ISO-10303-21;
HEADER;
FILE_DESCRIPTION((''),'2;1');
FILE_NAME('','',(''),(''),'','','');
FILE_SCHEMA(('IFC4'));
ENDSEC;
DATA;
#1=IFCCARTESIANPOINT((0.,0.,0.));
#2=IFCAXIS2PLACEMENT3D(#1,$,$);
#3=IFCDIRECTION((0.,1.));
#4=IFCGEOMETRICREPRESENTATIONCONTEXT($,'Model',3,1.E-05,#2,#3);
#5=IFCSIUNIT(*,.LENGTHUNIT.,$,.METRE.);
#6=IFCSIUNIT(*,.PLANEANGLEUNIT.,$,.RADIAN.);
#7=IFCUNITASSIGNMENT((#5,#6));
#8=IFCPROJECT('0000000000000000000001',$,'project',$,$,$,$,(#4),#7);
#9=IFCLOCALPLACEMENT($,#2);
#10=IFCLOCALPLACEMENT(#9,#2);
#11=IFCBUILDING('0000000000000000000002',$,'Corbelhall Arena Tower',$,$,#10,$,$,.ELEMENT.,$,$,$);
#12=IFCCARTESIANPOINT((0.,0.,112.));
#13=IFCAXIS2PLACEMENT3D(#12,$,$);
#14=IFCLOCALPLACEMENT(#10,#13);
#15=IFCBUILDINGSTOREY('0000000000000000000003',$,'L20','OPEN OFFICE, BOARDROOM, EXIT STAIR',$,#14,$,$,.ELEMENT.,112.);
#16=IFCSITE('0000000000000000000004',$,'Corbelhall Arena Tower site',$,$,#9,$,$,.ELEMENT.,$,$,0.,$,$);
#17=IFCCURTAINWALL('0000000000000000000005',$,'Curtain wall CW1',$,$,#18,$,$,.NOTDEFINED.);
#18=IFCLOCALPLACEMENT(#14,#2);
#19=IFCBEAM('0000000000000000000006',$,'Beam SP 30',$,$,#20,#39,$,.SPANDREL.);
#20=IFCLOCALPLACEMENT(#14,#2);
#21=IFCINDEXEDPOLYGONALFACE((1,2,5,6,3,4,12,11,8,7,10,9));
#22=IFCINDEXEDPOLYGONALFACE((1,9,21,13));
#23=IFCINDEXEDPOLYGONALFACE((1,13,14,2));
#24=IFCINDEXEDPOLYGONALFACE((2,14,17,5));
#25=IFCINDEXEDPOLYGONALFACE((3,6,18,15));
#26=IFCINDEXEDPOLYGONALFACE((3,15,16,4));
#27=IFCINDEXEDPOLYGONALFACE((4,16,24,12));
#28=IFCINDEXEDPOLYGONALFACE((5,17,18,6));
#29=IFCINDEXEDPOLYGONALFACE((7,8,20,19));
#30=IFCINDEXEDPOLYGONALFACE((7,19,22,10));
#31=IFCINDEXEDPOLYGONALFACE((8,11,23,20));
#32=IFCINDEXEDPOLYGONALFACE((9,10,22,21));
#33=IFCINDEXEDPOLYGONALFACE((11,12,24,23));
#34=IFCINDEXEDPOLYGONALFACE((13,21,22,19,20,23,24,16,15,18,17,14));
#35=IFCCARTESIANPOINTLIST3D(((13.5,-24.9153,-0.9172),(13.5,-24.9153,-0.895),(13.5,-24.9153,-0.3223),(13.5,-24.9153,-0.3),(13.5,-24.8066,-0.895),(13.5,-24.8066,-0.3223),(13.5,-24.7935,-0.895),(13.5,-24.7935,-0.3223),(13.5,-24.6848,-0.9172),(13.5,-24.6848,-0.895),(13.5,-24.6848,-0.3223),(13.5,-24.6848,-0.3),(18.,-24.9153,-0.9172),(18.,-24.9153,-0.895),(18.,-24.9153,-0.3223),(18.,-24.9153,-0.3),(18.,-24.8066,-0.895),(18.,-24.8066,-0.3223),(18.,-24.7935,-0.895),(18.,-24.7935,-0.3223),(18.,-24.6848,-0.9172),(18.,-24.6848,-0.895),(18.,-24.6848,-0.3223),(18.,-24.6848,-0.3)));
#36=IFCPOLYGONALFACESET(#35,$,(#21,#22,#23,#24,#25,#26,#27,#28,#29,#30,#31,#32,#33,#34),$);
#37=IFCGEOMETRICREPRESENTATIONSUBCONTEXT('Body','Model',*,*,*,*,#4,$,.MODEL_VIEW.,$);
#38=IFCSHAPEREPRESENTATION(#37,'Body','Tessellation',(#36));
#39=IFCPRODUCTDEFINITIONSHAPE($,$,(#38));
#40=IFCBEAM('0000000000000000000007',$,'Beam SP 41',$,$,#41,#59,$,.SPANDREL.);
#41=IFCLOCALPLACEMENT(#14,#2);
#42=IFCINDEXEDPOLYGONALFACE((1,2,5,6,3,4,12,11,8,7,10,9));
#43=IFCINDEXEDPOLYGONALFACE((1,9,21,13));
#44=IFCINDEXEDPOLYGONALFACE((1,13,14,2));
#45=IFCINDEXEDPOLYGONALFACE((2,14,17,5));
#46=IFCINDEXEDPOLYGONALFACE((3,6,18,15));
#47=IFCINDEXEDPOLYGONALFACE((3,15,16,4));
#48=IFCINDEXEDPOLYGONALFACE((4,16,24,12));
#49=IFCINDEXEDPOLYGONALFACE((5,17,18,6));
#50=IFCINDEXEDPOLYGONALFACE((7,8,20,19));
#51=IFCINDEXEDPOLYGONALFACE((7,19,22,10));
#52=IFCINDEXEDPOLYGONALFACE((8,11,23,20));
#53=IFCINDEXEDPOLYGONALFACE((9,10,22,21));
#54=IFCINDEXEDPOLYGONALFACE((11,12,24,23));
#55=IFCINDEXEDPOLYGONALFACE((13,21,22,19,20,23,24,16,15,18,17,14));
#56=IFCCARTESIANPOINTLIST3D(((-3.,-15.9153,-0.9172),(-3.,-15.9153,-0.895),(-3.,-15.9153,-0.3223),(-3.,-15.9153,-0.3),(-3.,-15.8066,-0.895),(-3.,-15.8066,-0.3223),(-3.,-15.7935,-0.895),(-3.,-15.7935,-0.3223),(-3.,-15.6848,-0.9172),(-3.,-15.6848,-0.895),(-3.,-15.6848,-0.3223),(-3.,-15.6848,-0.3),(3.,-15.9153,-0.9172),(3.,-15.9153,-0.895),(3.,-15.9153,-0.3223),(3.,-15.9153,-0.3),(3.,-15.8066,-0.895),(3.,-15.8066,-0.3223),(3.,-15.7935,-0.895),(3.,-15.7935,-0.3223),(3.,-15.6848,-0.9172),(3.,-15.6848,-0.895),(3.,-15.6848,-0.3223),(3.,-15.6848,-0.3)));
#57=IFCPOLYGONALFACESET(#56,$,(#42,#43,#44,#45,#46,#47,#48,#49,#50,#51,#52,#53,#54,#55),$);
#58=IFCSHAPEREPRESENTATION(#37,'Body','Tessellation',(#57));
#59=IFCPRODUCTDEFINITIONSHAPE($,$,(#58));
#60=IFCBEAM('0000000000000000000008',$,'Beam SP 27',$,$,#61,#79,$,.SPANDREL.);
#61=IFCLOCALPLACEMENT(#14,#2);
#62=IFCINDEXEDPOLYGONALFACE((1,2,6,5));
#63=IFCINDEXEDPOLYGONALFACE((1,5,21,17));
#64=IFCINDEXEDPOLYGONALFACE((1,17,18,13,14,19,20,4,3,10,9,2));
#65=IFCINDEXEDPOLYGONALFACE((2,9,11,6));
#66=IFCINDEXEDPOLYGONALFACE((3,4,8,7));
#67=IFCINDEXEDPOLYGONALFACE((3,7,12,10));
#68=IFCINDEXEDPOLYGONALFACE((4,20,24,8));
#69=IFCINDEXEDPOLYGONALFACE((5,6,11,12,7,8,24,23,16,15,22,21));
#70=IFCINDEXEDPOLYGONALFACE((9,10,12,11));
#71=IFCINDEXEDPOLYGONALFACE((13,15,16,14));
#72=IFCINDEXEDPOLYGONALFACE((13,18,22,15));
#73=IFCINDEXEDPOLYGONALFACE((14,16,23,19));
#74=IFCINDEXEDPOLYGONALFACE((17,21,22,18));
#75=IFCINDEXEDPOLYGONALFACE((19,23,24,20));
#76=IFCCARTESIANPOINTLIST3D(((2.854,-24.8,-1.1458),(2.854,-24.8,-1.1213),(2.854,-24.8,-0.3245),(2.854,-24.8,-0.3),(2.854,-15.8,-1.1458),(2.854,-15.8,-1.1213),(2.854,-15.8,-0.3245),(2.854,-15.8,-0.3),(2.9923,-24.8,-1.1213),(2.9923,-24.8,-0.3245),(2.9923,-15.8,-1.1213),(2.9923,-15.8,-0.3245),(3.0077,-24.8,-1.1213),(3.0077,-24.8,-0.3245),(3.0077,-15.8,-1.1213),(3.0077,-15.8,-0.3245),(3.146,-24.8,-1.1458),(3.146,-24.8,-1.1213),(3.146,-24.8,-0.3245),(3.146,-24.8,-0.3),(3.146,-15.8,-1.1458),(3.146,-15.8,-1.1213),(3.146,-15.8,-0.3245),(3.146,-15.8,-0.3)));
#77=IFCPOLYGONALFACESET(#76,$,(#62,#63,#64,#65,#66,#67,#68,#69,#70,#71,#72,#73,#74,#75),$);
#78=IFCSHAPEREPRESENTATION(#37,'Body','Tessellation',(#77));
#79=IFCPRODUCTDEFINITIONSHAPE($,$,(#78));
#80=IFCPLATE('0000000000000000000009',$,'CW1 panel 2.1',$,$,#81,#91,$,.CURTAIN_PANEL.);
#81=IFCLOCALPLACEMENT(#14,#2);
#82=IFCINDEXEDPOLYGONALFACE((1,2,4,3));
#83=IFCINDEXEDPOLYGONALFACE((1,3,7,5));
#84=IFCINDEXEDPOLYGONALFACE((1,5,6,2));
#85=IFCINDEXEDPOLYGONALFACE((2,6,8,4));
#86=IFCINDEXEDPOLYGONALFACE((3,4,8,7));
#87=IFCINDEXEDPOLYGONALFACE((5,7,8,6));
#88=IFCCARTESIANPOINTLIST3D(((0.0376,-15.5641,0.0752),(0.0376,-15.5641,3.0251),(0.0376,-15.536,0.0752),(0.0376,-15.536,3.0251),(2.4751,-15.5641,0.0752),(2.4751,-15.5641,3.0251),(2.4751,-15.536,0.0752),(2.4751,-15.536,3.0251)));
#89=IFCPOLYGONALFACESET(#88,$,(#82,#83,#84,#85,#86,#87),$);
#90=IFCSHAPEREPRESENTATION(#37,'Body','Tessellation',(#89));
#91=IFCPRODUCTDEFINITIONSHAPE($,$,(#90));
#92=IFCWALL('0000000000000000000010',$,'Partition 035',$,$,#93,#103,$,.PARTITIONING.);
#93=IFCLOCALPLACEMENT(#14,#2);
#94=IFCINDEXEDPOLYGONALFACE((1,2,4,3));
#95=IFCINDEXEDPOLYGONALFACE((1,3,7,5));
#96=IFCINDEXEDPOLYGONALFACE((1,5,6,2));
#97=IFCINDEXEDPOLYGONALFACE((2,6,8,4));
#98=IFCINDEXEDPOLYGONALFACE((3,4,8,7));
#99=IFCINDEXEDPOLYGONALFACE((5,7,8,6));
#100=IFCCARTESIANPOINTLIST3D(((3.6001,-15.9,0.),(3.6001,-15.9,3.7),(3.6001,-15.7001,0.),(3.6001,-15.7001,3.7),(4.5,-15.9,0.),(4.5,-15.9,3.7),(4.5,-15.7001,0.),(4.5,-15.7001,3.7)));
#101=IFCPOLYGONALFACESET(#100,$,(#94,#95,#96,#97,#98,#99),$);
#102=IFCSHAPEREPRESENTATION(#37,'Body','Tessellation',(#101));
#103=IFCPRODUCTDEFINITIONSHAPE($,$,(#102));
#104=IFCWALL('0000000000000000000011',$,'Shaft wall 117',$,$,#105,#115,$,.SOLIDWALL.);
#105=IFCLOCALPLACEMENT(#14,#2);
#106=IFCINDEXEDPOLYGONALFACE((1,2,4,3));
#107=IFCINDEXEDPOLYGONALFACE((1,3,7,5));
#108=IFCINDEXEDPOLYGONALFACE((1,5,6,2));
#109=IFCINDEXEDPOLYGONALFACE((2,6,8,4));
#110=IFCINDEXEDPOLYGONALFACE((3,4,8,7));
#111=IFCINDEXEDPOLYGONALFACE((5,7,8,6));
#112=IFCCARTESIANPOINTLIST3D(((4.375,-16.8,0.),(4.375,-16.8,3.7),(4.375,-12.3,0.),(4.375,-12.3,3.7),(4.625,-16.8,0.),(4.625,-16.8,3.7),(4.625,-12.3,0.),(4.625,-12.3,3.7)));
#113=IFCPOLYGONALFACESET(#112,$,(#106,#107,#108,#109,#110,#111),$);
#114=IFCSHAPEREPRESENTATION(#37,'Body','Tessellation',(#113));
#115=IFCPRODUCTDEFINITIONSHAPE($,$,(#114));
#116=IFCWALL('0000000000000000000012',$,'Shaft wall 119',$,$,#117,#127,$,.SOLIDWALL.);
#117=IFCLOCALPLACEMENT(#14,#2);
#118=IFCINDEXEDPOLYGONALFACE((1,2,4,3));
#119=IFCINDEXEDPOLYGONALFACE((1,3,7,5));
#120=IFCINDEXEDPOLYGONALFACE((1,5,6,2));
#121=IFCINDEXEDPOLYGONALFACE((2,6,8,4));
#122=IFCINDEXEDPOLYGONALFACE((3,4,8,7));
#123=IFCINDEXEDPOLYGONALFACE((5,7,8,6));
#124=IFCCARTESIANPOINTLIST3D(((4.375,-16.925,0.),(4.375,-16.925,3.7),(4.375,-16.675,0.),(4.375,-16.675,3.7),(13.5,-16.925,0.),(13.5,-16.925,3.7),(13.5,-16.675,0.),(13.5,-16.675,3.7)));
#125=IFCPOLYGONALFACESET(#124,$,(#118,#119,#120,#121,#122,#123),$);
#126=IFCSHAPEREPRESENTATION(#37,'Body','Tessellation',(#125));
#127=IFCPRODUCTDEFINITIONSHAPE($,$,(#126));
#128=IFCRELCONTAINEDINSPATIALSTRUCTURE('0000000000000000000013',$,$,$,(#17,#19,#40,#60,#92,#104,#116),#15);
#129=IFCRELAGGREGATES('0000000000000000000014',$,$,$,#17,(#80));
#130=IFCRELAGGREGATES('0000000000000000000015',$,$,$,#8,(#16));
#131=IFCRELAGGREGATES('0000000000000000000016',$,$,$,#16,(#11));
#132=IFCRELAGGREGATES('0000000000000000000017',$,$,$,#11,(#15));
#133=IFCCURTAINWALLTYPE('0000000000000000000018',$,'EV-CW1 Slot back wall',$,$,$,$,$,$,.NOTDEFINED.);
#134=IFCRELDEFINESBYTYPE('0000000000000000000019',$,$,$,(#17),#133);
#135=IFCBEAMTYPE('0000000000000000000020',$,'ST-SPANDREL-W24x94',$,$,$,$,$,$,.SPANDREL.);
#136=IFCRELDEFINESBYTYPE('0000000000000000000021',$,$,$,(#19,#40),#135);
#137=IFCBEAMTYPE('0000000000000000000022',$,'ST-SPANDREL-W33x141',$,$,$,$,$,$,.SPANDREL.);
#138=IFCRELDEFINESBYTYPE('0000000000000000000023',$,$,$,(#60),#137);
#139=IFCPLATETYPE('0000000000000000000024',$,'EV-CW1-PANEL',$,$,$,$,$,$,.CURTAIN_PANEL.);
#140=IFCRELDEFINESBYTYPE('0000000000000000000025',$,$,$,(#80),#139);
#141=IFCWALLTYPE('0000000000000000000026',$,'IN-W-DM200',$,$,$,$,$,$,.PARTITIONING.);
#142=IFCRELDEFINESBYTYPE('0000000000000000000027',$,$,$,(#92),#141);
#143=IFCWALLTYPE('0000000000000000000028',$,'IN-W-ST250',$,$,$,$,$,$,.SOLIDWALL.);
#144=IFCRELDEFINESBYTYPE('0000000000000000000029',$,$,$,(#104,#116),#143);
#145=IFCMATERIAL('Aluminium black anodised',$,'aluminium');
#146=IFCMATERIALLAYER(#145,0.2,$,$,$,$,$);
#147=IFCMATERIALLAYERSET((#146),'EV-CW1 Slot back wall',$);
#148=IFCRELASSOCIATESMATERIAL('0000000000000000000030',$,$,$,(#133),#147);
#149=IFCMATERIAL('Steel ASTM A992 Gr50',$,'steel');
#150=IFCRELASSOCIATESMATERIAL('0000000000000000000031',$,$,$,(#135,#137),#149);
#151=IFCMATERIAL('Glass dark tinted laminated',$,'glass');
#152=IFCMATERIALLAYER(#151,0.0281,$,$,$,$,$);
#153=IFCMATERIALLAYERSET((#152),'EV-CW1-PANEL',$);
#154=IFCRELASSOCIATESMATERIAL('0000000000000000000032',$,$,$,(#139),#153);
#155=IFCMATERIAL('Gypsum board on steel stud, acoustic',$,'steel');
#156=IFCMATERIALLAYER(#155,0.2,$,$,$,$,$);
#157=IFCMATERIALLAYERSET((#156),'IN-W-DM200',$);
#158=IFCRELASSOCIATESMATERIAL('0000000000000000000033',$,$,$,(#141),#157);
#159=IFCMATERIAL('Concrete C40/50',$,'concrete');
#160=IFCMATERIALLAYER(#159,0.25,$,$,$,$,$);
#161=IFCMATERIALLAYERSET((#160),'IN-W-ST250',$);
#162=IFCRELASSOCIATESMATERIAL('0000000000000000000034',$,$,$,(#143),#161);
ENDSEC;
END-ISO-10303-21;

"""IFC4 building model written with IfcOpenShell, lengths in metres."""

from ifc_helpers import new_model, si_unit, direction, frame, frame_2d, origin, origin_2d, place, context, subcontext, project, spatial, rectangle, i_section, extrude, material, layer, layer_set, material_profile, profile_set, type_object, element, aggregate, save


model = new_model("IFC4")

# Units and contexts
model_context = context("Model", 3, precision=1e-05, world=origin(), true_north=direction((0.0, 1.0)))
body_context = subcontext(model_context, "Body", "Model", "MODEL_VIEW")
ifc_project = project(units=[si_unit("LENGTHUNIT", "METRE"), si_unit("PLANEANGLEUNIT", "RADIAN")], contexts=[model_context])

# Site, building, storey
site_placement = place(None, origin())
site = spatial("IfcSite", under=ifc_project, at=site_placement, Name="Corbelhall Arena Tower site", CompositionType="ELEMENT", RefElevation=0.0)
building_placement = place(site_placement, origin())
building = spatial("IfcBuilding", under=site, at=building_placement, Name="Corbelhall Arena Tower", CompositionType="ELEMENT")
storey_placement = place(building_placement, frame((0.0, 0.0, 112.0)))
storey = spatial("IfcBuildingStorey", under=building, at=storey_placement, Name="L20", Description="OPEN OFFICE, BOARDROOM, EXIT STAIR", CompositionType="ELEMENT", Elevation=112.0)

# Curtain wall
ifc_material_1 = material(Name="Aluminium black anodised", Category="aluminium")
ifc_layer_1 = layer(ifc_material_1, 0.2)
ifc_layer_set_1 = layer_set([ifc_layer_1], Name="EV-CW1 Slot back wall")
curtain_wall_type = type_object("IfcCurtainWallType", Name="EV-CW1 Slot back wall", PredefinedType="NOTDEFINED", material=ifc_layer_set_1)
curtain_wall_placement = place(storey_placement, origin())
curtain_wall = element("IfcCurtainWall", 1, at=curtain_wall_placement, inside=storey, type_object=curtain_wall_type, Name="Curtain wall CW1", PredefinedType="NOTDEFINED")

# Beams
ifc_material_2 = material(Name="Steel ASTM A992 Gr50", Category="steel")
ifc_material_profile_1 = material_profile(ifc_material_2, i_section(OverallWidth=0.2305, OverallDepth=0.6172, WebThickness=0.0132, FlangeThickness=0.0222, at=origin_2d()))
ifc_profile_set_1 = profile_set([ifc_material_profile_1], Name="Steel ASTM A992 Gr50")
beam_type_1 = type_object("IfcBeamType", Name="ST-SPANDREL-W24x94", PredefinedType="SPANDREL", material=ifc_profile_set_1)
for number, where, z_axis, x_axis, name in (
    (2, (18.0, -24.8, -0.6086), (-1.0, 0.0, 0.0), (0.0, -1.0, 0.0), "Beam SP 30"),
):
    element("IfcBeam", number, at=place(storey_placement, frame(where, z_axis=z_axis, x_axis=x_axis)), inside=storey, type_object=beam_type_1, Name=name, PredefinedType="SPANDREL", context=body_context, shape_type="SweptSolid", body=[
        extrude(i_section(OverallWidth=0.2305, OverallDepth=0.6172, WebThickness=0.0132, FlangeThickness=0.0222, at=origin_2d()), origin(), (0.0, 0.0, 1.0), 4.5),
    ])
beam_1_placement = place(storey_placement, frame((3.0, -15.8, -0.6086), z_axis=(-1.0, 0.0, 0.0), x_axis=(0.0, -1.0, 0.0)))
element("IfcBeam", 3, at=beam_1_placement, inside=storey, type_object=beam_type_1, Name="Beam SP 41", PredefinedType="SPANDREL", context=body_context, shape_type="SweptSolid", body=[
    extrude(i_section(OverallWidth=0.2305, OverallDepth=0.6172, WebThickness=0.0132, FlangeThickness=0.0222, at=origin_2d()), origin(), (0.0, 0.0, 1.0), 6.0),
])
ifc_material_profile_2 = material_profile(ifc_material_2, i_section(OverallWidth=0.292, OverallDepth=0.8457, WebThickness=0.0154, FlangeThickness=0.0244, at=origin_2d()))
ifc_profile_set_2 = profile_set([ifc_material_profile_2], Name="Steel ASTM A992 Gr50")
beam_type_2 = type_object("IfcBeamType", Name="ST-SPANDREL-W33x141", PredefinedType="SPANDREL", material=ifc_profile_set_2)
beam_2_placement = place(storey_placement, frame((3.0, -24.8, -0.7229), z_axis=(0.0, 1.0, 0.0), x_axis=(-1.0, 0.0, 0.0)))
element("IfcBeam", 4, at=beam_2_placement, inside=storey, type_object=beam_type_2, Name="Beam SP 27", PredefinedType="SPANDREL", context=body_context, shape_type="SweptSolid", body=[
    extrude(i_section(OverallWidth=0.292, OverallDepth=0.8457, WebThickness=0.0154, FlangeThickness=0.0244, at=origin_2d()), origin(), (0.0, 0.0, 1.0), 9.0),
])

# Plate
ifc_material_3 = material(Name="Glass dark tinted laminated", Category="glass")
ifc_layer_2 = layer(ifc_material_3, 0.0281)
ifc_layer_set_2 = layer_set([ifc_layer_2], Name="EV-CW1-PANEL")
plate_type = type_object("IfcPlateType", Name="EV-CW1-PANEL", PredefinedType="CURTAIN_PANEL", material=ifc_layer_set_2)
plate_placement = place(storey_placement, frame((1.2563, -15.55, 0.0752), z_axis=(0.0, 0.0, 1.0), x_axis=(1.0, 0.0, 0.0)))
plate = element("IfcPlate", 5, at=plate_placement, type_object=plate_type, Name="CW1 panel 2.1", PredefinedType="CURTAIN_PANEL", context=body_context, shape_type="SweptSolid", body=[
    extrude(rectangle(XDim=2.4375, YDim=0.0281, at=origin_2d()), origin(), (0.0, 0.0, 1.0), 2.95),
])
aggregate(curtain_wall, [plate])

# Wall
ifc_material_4 = material(Name="Gypsum board on steel stud, acoustic", Category="steel")
ifc_layer_3 = layer(ifc_material_4, 0.2)
ifc_layer_set_3 = layer_set([ifc_layer_3], Name="IN-W-DM200")
wall_type_1 = type_object("IfcWallType", Name="IN-W-DM200", PredefinedType="PARTITIONING", material=ifc_layer_set_3)
wall_1_placement = place(storey_placement, frame((4.5, -15.8, 0.0), z_axis=(0.0, 0.0, 1.0), x_axis=(-1.0, 0.0, 0.0)))
element("IfcWall", 6, at=wall_1_placement, inside=storey, type_object=wall_type_1, Name="Partition 035", PredefinedType="PARTITIONING", context=body_context, shape_type="SweptSolid", body=[
    extrude(rectangle(XDim=0.8999, YDim=0.2, at=frame_2d((0.45, 0.0))), origin(), (0.0, 0.0, 1.0), 3.7),
])

# Walls
ifc_material_5 = material(Name="Concrete C40/50", Category="concrete")
ifc_layer_4 = layer(ifc_material_5, 0.25)
ifc_layer_set_4 = layer_set([ifc_layer_4], Name="IN-W-ST250")
wall_type_2 = type_object("IfcWallType", Name="IN-W-ST250", PredefinedType="SOLIDWALL", material=ifc_layer_set_4)
wall_2_placement = place(storey_placement, frame((4.5, -16.8, 0.0), z_axis=(0.0, 0.0, 1.0), x_axis=(0.0, 1.0, 0.0)))
element("IfcWall", 7, at=wall_2_placement, inside=storey, type_object=wall_type_2, Name="Shaft wall 117", PredefinedType="SOLIDWALL", context=body_context, shape_type="SweptSolid", body=[
    extrude(rectangle(XDim=4.5, YDim=0.25, at=frame_2d((2.25, 0.0))), origin(), (0.0, 0.0, 1.0), 3.7),
])
wall_3_placement = place(storey_placement, frame((13.5, -16.8, 0.0), z_axis=(0.0, 0.0, 1.0), x_axis=(-1.0, 0.0, 0.0)))
element("IfcWall", 8, at=wall_3_placement, inside=storey, type_object=wall_type_2, Name="Shaft wall 119", PredefinedType="SOLIDWALL", context=body_context, shape_type="SweptSolid", body=[
    extrude(rectangle(XDim=9.125, YDim=0.25, at=frame_2d((4.5625, 0.0))), origin(), (0.0, 0.0, 1.0), 3.7),
])

save(model, "model.ifc")
